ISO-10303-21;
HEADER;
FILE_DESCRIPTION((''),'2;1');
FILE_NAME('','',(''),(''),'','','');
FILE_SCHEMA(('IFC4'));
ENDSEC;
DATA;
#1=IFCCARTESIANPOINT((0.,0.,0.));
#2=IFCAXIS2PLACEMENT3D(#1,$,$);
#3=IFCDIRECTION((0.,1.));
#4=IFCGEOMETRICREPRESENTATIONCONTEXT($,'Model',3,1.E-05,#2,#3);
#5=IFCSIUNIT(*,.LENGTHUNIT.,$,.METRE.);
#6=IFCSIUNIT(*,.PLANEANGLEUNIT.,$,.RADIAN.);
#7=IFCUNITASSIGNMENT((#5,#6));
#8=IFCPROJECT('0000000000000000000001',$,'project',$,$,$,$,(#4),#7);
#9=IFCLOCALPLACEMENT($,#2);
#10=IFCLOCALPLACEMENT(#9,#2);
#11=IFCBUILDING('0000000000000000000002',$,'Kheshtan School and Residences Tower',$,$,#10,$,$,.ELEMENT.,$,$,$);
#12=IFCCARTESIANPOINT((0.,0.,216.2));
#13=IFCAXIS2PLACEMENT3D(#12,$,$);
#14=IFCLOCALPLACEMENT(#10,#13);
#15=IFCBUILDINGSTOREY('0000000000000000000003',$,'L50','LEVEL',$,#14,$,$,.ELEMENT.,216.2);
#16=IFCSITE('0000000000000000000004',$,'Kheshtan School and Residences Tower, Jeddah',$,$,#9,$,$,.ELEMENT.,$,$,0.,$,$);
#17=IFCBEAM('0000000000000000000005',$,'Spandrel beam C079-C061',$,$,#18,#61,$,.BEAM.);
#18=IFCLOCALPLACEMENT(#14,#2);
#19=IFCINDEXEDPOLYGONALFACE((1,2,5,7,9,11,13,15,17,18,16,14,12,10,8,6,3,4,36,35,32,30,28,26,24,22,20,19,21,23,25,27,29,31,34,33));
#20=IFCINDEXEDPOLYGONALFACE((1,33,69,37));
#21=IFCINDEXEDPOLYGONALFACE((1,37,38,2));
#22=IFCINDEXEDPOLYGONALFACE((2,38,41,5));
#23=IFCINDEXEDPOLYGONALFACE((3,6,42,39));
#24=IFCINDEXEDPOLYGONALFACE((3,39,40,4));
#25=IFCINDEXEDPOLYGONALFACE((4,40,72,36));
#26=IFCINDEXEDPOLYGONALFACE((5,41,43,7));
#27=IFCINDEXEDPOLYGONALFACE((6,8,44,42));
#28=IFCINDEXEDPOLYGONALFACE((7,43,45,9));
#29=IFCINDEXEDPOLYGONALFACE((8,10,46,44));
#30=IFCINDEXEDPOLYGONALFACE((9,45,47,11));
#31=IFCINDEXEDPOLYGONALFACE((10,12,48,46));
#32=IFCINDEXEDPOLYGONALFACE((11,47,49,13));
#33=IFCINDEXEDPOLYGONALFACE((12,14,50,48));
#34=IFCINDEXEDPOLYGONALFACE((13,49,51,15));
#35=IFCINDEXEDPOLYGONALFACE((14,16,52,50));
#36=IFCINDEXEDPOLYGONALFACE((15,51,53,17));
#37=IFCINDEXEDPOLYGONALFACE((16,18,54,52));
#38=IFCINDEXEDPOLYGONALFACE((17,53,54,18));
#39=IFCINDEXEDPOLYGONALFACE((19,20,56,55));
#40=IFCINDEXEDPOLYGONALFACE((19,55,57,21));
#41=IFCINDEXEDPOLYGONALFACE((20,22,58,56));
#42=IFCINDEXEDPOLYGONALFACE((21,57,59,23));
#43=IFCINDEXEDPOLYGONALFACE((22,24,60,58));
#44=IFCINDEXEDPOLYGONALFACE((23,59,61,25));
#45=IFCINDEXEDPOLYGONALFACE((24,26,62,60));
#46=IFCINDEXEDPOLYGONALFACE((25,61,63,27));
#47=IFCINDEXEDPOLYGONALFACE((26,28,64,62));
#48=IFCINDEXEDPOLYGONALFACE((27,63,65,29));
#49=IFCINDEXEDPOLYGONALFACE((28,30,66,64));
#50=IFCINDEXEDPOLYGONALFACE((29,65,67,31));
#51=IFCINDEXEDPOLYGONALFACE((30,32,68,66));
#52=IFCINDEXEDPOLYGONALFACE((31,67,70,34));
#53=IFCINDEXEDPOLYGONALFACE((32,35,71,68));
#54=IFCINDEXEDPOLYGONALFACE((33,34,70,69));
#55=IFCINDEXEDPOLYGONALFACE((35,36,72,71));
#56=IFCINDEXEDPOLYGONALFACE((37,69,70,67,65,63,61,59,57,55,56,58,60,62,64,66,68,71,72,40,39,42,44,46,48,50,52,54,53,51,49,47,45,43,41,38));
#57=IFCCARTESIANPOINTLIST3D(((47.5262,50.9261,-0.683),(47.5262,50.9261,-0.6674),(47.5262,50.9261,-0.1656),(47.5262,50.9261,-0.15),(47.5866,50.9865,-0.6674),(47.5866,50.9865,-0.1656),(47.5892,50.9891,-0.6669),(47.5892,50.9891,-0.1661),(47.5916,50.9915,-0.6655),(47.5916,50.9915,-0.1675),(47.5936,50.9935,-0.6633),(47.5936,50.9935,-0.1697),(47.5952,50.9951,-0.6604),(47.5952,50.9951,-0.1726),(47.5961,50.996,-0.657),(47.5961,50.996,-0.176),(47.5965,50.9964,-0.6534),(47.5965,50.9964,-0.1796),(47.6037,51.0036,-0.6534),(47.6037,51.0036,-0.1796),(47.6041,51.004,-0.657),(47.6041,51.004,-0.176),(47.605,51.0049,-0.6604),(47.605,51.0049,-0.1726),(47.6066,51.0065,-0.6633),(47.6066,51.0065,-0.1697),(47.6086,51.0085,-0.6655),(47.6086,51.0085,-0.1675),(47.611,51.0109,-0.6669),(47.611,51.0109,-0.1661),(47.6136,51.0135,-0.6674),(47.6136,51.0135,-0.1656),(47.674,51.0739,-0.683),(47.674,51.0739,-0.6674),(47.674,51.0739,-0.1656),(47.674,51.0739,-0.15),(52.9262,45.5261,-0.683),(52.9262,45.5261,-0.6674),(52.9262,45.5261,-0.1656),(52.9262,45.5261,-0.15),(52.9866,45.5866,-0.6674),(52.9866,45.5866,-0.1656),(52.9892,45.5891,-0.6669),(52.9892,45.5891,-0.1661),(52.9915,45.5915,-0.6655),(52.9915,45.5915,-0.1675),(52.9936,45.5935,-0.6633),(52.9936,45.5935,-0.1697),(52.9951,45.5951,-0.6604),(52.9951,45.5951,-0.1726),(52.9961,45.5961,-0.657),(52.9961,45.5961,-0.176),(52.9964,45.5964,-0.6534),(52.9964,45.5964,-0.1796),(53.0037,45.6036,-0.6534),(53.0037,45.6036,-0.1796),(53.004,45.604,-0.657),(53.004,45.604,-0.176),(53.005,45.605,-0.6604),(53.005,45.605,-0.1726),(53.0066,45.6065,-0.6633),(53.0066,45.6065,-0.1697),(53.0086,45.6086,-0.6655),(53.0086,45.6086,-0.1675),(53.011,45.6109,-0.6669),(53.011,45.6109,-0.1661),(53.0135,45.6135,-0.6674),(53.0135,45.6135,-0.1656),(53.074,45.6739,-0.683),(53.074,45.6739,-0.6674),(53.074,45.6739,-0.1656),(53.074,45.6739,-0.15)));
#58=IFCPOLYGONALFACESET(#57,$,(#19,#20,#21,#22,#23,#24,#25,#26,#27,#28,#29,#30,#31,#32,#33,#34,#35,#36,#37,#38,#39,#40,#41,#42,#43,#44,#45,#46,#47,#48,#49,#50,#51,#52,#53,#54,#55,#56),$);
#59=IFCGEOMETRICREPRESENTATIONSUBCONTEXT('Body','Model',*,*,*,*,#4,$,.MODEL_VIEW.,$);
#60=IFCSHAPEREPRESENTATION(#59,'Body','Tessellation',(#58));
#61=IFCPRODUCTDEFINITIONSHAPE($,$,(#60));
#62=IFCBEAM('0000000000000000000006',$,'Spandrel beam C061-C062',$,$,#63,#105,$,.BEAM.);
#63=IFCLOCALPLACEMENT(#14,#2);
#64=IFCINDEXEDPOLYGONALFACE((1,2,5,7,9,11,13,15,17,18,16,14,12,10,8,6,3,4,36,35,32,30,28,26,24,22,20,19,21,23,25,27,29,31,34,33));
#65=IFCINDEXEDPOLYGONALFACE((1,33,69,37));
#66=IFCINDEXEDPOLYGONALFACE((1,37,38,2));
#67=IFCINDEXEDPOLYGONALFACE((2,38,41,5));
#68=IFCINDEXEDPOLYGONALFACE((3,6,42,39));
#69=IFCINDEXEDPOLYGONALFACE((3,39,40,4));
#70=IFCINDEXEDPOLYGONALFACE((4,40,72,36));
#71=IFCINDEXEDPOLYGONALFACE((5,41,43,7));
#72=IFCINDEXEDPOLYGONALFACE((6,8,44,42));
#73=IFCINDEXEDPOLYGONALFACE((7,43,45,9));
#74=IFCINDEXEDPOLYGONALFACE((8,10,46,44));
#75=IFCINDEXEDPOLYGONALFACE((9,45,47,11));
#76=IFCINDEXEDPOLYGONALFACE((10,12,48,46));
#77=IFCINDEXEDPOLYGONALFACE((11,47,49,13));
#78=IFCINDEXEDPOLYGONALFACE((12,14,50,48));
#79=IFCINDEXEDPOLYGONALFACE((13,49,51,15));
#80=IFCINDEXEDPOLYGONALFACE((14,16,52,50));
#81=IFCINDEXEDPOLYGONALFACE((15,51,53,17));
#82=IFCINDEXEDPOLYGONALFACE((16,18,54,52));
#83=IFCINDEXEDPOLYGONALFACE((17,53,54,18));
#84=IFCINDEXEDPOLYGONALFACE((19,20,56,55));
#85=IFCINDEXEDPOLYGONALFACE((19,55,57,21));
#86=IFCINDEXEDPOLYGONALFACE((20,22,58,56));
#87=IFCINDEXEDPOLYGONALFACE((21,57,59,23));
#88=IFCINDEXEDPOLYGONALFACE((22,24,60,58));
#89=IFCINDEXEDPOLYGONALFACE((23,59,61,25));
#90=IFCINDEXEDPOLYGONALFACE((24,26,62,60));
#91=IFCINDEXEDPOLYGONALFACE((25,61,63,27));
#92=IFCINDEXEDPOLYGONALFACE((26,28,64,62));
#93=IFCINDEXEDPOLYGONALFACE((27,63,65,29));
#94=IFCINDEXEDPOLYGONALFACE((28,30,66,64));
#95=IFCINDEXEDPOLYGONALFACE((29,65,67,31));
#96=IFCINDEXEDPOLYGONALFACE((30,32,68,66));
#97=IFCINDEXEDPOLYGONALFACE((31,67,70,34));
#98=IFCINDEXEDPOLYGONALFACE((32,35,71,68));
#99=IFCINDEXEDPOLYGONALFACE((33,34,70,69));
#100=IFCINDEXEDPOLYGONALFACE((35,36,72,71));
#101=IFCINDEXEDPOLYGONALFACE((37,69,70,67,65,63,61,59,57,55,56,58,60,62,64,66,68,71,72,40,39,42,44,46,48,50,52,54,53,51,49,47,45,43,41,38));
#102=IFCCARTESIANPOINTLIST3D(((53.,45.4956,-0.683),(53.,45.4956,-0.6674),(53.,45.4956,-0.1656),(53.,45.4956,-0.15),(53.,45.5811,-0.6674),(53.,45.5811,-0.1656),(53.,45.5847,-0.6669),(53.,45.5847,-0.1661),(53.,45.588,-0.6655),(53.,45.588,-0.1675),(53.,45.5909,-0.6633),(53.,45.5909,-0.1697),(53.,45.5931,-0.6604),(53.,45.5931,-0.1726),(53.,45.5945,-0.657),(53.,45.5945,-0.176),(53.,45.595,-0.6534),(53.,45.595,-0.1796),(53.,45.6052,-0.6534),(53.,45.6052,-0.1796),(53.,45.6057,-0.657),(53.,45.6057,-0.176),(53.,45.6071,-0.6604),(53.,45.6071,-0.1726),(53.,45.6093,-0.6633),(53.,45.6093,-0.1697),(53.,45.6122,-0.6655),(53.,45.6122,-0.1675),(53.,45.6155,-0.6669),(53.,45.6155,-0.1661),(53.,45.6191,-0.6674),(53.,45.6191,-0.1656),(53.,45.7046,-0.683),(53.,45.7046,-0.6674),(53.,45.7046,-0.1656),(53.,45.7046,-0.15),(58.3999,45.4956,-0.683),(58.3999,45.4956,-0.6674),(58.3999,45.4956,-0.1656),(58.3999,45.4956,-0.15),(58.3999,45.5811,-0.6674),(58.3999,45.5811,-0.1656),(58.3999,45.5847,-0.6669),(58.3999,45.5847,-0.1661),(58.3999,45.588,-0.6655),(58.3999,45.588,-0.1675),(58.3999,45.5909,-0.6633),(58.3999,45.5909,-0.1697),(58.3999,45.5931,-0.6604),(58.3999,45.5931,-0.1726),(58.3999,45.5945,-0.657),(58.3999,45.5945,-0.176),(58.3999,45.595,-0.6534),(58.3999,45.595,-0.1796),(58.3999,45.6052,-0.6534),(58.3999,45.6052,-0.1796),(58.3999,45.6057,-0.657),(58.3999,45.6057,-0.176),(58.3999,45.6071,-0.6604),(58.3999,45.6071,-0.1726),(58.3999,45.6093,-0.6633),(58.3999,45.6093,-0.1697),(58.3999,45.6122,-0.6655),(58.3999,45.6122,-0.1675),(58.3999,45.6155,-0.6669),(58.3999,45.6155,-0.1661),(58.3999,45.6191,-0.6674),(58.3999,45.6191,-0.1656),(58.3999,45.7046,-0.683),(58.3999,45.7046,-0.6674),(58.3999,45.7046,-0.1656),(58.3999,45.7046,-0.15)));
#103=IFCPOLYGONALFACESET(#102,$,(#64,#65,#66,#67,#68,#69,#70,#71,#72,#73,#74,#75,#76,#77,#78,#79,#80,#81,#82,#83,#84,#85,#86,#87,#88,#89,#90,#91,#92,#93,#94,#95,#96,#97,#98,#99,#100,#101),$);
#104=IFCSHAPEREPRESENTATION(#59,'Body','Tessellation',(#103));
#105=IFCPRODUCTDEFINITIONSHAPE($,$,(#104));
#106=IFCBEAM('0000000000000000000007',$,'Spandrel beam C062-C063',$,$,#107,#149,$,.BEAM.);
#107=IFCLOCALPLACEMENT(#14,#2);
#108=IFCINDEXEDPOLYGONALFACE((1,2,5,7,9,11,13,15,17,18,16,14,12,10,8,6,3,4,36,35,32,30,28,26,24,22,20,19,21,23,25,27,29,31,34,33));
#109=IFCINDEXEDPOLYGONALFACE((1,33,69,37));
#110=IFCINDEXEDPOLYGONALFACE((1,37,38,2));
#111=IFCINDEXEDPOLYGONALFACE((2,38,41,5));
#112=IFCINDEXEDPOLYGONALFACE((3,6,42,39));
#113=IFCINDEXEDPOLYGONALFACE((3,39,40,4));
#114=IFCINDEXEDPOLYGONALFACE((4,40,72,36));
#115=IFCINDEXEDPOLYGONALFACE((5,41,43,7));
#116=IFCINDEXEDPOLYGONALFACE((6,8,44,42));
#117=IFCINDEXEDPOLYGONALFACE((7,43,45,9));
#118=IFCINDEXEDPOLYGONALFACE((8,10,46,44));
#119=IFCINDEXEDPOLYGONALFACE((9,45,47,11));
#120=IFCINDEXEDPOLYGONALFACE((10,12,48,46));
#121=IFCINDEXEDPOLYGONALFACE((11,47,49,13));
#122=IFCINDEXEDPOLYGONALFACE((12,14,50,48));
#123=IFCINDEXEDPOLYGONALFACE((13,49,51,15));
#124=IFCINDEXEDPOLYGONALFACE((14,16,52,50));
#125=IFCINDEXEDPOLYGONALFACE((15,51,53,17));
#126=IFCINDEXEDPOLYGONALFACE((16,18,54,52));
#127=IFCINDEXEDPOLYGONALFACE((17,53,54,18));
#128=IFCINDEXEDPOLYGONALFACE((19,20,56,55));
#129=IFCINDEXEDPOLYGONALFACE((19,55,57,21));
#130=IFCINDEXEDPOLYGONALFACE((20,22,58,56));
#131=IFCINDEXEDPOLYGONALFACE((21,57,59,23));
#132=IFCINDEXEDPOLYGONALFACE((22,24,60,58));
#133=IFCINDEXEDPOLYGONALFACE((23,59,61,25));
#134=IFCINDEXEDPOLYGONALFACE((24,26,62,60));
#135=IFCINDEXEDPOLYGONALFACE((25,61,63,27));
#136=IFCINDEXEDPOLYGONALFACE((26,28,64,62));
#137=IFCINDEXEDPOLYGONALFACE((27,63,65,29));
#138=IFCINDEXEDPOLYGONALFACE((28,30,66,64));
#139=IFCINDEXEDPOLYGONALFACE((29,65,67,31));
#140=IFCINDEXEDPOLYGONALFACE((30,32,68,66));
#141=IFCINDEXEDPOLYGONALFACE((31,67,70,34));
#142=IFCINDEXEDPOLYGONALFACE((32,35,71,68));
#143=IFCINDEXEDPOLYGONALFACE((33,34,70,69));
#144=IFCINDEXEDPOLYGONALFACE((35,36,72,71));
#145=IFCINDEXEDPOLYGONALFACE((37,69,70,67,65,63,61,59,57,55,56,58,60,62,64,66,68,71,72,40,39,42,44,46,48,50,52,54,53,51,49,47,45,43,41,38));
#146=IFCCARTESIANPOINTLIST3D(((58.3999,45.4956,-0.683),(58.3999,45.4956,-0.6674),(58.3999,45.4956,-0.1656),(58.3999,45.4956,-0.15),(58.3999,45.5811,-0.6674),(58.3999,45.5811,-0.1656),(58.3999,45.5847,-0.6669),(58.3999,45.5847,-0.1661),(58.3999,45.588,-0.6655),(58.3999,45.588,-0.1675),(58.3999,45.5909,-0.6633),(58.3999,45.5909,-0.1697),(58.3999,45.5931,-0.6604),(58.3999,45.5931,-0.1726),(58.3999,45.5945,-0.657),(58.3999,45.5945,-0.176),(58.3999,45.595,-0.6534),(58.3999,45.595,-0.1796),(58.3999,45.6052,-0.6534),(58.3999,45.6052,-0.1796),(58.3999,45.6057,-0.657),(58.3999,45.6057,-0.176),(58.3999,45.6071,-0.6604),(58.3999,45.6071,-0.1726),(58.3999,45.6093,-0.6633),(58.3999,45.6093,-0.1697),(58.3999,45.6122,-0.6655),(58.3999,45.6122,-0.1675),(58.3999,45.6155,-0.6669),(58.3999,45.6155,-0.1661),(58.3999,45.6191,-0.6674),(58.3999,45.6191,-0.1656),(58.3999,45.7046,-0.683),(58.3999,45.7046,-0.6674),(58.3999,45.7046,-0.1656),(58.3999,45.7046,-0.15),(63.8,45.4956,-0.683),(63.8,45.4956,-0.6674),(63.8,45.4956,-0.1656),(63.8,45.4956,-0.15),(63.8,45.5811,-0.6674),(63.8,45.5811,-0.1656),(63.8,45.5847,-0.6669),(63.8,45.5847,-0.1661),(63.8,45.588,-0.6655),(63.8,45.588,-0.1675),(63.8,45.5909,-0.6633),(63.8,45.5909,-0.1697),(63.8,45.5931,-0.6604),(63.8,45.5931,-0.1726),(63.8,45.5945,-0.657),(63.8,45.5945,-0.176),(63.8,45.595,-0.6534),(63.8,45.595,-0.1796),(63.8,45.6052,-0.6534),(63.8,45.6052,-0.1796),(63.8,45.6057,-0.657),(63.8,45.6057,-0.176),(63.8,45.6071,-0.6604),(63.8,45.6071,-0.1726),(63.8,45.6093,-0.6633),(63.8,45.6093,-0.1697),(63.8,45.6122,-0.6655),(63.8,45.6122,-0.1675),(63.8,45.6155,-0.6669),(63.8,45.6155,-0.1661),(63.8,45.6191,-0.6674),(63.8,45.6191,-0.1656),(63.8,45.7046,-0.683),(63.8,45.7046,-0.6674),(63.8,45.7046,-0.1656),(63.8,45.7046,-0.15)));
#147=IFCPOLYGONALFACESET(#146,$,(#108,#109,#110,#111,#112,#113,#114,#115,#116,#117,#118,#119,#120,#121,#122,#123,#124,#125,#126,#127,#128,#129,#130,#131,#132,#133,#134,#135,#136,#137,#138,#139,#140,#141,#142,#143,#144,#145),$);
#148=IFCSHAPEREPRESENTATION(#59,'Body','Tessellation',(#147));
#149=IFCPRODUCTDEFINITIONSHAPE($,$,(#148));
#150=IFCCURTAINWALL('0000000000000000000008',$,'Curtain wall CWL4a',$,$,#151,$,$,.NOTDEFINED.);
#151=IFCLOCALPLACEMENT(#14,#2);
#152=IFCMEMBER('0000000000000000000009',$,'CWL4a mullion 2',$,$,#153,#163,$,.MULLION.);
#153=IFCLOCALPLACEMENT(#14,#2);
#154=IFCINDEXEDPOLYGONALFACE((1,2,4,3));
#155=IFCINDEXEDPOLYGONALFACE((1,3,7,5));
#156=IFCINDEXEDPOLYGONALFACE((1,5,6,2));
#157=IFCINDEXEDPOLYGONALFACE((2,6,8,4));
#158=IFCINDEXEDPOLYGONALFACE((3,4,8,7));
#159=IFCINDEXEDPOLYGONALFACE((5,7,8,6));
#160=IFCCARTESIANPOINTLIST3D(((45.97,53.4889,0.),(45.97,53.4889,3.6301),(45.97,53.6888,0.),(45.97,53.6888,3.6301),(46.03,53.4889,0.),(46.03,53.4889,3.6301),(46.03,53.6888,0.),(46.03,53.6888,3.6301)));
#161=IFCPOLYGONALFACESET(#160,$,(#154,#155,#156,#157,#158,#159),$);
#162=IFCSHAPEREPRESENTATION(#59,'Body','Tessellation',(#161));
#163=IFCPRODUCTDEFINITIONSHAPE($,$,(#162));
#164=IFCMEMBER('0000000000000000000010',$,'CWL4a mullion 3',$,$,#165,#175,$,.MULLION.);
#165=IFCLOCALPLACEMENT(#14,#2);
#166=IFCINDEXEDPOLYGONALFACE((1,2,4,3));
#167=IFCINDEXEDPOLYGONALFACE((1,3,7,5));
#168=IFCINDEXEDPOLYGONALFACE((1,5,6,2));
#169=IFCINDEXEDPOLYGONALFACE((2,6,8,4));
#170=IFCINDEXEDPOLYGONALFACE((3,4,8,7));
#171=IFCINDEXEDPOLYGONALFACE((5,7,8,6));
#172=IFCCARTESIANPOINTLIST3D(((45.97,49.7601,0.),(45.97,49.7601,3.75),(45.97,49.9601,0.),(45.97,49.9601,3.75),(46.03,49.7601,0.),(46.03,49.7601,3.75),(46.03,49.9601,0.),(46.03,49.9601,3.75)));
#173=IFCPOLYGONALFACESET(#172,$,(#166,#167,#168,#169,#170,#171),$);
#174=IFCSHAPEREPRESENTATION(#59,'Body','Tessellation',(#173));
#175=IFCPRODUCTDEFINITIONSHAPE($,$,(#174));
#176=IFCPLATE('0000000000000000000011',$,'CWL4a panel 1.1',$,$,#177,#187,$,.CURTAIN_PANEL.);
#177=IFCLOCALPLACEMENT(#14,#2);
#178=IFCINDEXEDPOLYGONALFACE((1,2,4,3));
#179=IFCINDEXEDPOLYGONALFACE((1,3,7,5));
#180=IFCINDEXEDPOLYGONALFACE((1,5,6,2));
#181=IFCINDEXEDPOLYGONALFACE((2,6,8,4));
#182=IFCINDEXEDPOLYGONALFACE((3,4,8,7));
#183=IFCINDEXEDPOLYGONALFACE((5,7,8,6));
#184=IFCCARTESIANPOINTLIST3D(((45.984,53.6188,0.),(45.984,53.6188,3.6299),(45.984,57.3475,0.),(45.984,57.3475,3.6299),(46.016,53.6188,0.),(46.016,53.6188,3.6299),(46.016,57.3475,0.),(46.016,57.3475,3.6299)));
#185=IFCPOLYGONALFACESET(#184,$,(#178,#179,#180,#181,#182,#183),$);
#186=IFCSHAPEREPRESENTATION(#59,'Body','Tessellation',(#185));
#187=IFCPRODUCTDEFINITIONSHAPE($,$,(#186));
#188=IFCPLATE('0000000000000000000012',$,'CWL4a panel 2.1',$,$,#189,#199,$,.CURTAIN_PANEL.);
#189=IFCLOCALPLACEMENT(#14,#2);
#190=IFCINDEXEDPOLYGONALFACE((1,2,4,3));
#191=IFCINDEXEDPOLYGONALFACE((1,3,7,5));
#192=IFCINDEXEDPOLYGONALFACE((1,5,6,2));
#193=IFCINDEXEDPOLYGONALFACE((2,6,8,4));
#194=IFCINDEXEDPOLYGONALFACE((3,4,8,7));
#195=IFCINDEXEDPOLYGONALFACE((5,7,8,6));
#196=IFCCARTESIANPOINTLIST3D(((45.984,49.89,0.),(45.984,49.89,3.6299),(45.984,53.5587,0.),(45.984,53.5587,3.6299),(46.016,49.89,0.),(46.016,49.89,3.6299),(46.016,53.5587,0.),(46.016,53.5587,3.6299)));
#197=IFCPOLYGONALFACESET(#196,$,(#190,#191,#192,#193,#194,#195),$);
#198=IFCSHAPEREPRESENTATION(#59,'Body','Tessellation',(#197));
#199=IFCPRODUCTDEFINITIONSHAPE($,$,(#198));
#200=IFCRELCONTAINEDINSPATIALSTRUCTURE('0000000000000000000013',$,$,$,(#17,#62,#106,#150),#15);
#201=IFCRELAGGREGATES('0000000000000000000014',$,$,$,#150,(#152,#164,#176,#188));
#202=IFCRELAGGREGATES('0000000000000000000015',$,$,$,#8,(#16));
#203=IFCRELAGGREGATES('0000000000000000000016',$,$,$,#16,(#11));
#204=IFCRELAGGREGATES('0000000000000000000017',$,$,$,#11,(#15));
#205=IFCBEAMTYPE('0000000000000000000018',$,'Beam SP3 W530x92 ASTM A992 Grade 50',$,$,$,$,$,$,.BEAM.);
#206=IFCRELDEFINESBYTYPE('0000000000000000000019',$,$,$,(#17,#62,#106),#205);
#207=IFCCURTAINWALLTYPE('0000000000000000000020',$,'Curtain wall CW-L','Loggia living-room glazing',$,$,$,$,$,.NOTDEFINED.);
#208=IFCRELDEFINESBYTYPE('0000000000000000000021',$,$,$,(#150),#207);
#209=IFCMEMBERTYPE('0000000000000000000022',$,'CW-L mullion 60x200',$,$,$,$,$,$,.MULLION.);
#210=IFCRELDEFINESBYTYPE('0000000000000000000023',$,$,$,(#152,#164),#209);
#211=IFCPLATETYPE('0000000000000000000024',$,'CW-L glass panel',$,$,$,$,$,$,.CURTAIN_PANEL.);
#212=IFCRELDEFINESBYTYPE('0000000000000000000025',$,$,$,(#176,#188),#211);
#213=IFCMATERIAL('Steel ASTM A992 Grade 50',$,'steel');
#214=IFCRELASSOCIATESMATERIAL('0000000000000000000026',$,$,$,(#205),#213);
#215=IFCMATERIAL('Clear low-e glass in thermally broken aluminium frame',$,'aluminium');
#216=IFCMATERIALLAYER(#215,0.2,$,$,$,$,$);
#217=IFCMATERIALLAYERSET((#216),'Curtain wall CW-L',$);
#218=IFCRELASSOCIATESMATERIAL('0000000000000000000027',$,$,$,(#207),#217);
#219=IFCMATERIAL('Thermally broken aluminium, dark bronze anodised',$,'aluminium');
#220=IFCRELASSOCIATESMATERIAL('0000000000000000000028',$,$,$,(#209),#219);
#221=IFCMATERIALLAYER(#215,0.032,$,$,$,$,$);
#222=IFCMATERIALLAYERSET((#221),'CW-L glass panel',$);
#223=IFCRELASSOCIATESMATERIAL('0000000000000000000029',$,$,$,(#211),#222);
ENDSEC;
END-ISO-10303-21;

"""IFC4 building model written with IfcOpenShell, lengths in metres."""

from ifc_helpers import new_model, si_unit, direction, frame, origin, origin_2d, place, context, subcontext, project, spatial, rectangle, i_section, extrude, material, layer, layer_set, material_profile, profile_set, type_object, element, aggregate, save


model = new_model("IFC4")

# Units and contexts
model_context = context("Model", 3, precision=1e-05, world=origin(), true_north=direction((0.0, 1.0)))
body_context = subcontext(model_context, "Body", "Model", "MODEL_VIEW")
ifc_project = project(units=[si_unit("LENGTHUNIT", "METRE"), si_unit("PLANEANGLEUNIT", "RADIAN")], contexts=[model_context])

# Site, building, storey
site_placement = place(None, origin())
site = spatial("IfcSite", under=ifc_project, at=site_placement, Name="Kheshtan School and Residences Tower, Jeddah", CompositionType="ELEMENT", RefElevation=0.0)
building_placement = place(site_placement, origin())
building = spatial("IfcBuilding", under=site, at=building_placement, Name="Kheshtan School and Residences Tower", CompositionType="ELEMENT")
storey_placement = place(building_placement, frame((0.0, 0.0, 216.2)))
storey = spatial("IfcBuildingStorey", under=building, at=storey_placement, Name="L50", Description="LEVEL", CompositionType="ELEMENT", Elevation=216.2)

# Shared definitions
ifc_material_1 = material(Name="Steel ASTM A992 Grade 50", Category="steel")

# Beams
ifc_material_profile_1 = material_profile(ifc_material_1, i_section(OverallWidth=0.209, OverallDepth=0.533, WebThickness=0.0103, FlangeThickness=0.0156, FilletRadius=0.0139, at=origin_2d()), Name="W530x92")
ifc_profile_set_1 = profile_set([ifc_material_profile_1], Name="Steel ASTM A992 Grade 50")
beam_type_1 = type_object("IfcBeamType", Name="Beam SP3 W530x92 ASTM A992 Grade 50", PredefinedType="BEAM", material=ifc_profile_set_1)
beam_1_placement = place(storey_placement, frame((47.6001, 51.0, -0.4165), z_axis=(0.707107, -0.707107, 0.0), x_axis=(0.707107, 0.707107, 0.0)))
element("IfcBeam", 1, at=beam_1_placement, inside=storey, type_object=beam_type_1, Name="Spandrel beam C079-C061", PredefinedType="BEAM", context=body_context, shape_type="SweptSolid", body=[
    extrude(i_section(OverallWidth=0.209, OverallDepth=0.533, WebThickness=0.0103, FlangeThickness=0.0156, FilletRadius=0.0139, at=origin_2d()), origin(), (0.0, 0.0, 1.0), 7.6367),
])
beam_2_placement = place(storey_placement, frame((53.0, 45.6001, -0.4165), z_axis=(1.0, 0.0, 0.0), x_axis=(0.0, 1.0, 0.0)))
element("IfcBeam", 2, at=beam_2_placement, inside=storey, type_object=beam_type_1, Name="Spandrel beam C061-C062", PredefinedType="BEAM", context=body_context, shape_type="SweptSolid", body=[
    extrude(i_section(OverallWidth=0.209, OverallDepth=0.533, WebThickness=0.0103, FlangeThickness=0.0156, FilletRadius=0.0139, at=origin_2d()), origin(), (0.0, 0.0, 1.0), 5.3999),
])
beam_3_placement = place(storey_placement, frame((58.3999, 45.6001, -0.4165), z_axis=(1.0, 0.0, 0.0), x_axis=(0.0, 1.0, 0.0)))
element("IfcBeam", 3, at=beam_3_placement, inside=storey, type_object=beam_type_1, Name="Spandrel beam C062-C063", PredefinedType="BEAM", context=body_context, shape_type="SweptSolid", body=[
    extrude(i_section(OverallWidth=0.209, OverallDepth=0.533, WebThickness=0.0103, FlangeThickness=0.0156, FilletRadius=0.0139, at=origin_2d()), origin(), (0.0, 0.0, 1.0), 5.4001),
])

# Curtain wall, members, plates
ifc_material_2 = material(Name="Clear low-e glass in thermally broken aluminium frame", Category="aluminium")
ifc_layer_1 = layer(ifc_material_2, 0.2)
ifc_layer_set_1 = layer_set([ifc_layer_1], Name="Curtain wall CW-L")
curtain_wall_type = type_object("IfcCurtainWallType", Name="Curtain wall CW-L", Description="Loggia living-room glazing", PredefinedType="NOTDEFINED", material=ifc_layer_set_1)
curtain_wall_1_placement = place(storey_placement, origin())
curtain_wall_1 = element("IfcCurtainWall", 4, at=curtain_wall_1_placement, inside=storey, type_object=curtain_wall_type, Name="Curtain wall CWL4a", PredefinedType="NOTDEFINED")
ifc_material_3 = material(Name="Thermally broken aluminium, dark bronze anodised", Category="aluminium")
ifc_material_profile_2 = material_profile(ifc_material_3, rectangle(XDim=0.0601, YDim=0.2, at=origin_2d()), Name="CW-L mullion 60x200")
ifc_profile_set_2 = profile_set([ifc_material_profile_2], Name="Thermally broken aluminium, dark bronze anodised")
member_type = type_object("IfcMemberType", Name="CW-L mullion 60x200", PredefinedType="MULLION", material=ifc_profile_set_2)
member_1_placement = place(storey_placement, frame((46.0, 53.5889, 0.0), z_axis=(0.0, 0.0, 1.0), x_axis=(1.0, 0.0, 0.0)))
member_1 = element("IfcMember", 5, at=member_1_placement, type_object=member_type, Name="CWL4a mullion 2", PredefinedType="MULLION", context=body_context, shape_type="SweptSolid", body=[
    extrude(rectangle(XDim=0.0601, YDim=0.2, at=origin_2d()), origin(), (0.0, 0.0, 1.0), 3.6301),
])
member_2_placement = place(storey_placement, frame((46.0, 49.8601, 0.0), z_axis=(0.0, 0.0, 1.0), x_axis=(1.0, 0.0, 0.0)))
member_2 = element("IfcMember", 6, at=member_2_placement, type_object=member_type, Name="CWL4a mullion 3", PredefinedType="MULLION", context=body_context, shape_type="SweptSolid", body=[
    extrude(rectangle(XDim=0.0601, YDim=0.2, at=origin_2d()), origin(), (0.0, 0.0, 1.0), 3.75),
])
ifc_layer_2 = layer(ifc_material_2, 0.032)
ifc_layer_set_2 = layer_set([ifc_layer_2], Name="CW-L glass panel")
plate_type = type_object("IfcPlateType", Name="CW-L glass panel", PredefinedType="CURTAIN_PANEL", material=ifc_layer_set_2)
plate_1_placement = place(storey_placement, frame((46.0, 55.4832, 0.0), z_axis=(0.0, 0.0, 1.0), x_axis=(0.0, -1.0, 0.0)))
plate_1 = element("IfcPlate", 7, at=plate_1_placement, type_object=plate_type, Name="CWL4a panel 1.1", PredefinedType="CURTAIN_PANEL", context=body_context, shape_type="SweptSolid", body=[
    extrude(rectangle(XDim=3.7288, YDim=0.032, at=origin_2d()), origin(), (0.0, 0.0, 1.0), 3.6299),
])
plate_2_placement = place(storey_placement, frame((46.0, 51.7244, 0.0), z_axis=(0.0, 0.0, 1.0), x_axis=(0.0, -1.0, 0.0)))
plate_2 = element("IfcPlate", 8, at=plate_2_placement, type_object=plate_type, Name="CWL4a panel 2.1", PredefinedType="CURTAIN_PANEL", context=body_context, shape_type="SweptSolid", body=[
    extrude(rectangle(XDim=3.6687, YDim=0.032, at=origin_2d()), origin(), (0.0, 0.0, 1.0), 3.6299),
])
aggregate(curtain_wall_1, [member_1, member_2, plate_1, plate_2])

save(model, "model.ifc")
